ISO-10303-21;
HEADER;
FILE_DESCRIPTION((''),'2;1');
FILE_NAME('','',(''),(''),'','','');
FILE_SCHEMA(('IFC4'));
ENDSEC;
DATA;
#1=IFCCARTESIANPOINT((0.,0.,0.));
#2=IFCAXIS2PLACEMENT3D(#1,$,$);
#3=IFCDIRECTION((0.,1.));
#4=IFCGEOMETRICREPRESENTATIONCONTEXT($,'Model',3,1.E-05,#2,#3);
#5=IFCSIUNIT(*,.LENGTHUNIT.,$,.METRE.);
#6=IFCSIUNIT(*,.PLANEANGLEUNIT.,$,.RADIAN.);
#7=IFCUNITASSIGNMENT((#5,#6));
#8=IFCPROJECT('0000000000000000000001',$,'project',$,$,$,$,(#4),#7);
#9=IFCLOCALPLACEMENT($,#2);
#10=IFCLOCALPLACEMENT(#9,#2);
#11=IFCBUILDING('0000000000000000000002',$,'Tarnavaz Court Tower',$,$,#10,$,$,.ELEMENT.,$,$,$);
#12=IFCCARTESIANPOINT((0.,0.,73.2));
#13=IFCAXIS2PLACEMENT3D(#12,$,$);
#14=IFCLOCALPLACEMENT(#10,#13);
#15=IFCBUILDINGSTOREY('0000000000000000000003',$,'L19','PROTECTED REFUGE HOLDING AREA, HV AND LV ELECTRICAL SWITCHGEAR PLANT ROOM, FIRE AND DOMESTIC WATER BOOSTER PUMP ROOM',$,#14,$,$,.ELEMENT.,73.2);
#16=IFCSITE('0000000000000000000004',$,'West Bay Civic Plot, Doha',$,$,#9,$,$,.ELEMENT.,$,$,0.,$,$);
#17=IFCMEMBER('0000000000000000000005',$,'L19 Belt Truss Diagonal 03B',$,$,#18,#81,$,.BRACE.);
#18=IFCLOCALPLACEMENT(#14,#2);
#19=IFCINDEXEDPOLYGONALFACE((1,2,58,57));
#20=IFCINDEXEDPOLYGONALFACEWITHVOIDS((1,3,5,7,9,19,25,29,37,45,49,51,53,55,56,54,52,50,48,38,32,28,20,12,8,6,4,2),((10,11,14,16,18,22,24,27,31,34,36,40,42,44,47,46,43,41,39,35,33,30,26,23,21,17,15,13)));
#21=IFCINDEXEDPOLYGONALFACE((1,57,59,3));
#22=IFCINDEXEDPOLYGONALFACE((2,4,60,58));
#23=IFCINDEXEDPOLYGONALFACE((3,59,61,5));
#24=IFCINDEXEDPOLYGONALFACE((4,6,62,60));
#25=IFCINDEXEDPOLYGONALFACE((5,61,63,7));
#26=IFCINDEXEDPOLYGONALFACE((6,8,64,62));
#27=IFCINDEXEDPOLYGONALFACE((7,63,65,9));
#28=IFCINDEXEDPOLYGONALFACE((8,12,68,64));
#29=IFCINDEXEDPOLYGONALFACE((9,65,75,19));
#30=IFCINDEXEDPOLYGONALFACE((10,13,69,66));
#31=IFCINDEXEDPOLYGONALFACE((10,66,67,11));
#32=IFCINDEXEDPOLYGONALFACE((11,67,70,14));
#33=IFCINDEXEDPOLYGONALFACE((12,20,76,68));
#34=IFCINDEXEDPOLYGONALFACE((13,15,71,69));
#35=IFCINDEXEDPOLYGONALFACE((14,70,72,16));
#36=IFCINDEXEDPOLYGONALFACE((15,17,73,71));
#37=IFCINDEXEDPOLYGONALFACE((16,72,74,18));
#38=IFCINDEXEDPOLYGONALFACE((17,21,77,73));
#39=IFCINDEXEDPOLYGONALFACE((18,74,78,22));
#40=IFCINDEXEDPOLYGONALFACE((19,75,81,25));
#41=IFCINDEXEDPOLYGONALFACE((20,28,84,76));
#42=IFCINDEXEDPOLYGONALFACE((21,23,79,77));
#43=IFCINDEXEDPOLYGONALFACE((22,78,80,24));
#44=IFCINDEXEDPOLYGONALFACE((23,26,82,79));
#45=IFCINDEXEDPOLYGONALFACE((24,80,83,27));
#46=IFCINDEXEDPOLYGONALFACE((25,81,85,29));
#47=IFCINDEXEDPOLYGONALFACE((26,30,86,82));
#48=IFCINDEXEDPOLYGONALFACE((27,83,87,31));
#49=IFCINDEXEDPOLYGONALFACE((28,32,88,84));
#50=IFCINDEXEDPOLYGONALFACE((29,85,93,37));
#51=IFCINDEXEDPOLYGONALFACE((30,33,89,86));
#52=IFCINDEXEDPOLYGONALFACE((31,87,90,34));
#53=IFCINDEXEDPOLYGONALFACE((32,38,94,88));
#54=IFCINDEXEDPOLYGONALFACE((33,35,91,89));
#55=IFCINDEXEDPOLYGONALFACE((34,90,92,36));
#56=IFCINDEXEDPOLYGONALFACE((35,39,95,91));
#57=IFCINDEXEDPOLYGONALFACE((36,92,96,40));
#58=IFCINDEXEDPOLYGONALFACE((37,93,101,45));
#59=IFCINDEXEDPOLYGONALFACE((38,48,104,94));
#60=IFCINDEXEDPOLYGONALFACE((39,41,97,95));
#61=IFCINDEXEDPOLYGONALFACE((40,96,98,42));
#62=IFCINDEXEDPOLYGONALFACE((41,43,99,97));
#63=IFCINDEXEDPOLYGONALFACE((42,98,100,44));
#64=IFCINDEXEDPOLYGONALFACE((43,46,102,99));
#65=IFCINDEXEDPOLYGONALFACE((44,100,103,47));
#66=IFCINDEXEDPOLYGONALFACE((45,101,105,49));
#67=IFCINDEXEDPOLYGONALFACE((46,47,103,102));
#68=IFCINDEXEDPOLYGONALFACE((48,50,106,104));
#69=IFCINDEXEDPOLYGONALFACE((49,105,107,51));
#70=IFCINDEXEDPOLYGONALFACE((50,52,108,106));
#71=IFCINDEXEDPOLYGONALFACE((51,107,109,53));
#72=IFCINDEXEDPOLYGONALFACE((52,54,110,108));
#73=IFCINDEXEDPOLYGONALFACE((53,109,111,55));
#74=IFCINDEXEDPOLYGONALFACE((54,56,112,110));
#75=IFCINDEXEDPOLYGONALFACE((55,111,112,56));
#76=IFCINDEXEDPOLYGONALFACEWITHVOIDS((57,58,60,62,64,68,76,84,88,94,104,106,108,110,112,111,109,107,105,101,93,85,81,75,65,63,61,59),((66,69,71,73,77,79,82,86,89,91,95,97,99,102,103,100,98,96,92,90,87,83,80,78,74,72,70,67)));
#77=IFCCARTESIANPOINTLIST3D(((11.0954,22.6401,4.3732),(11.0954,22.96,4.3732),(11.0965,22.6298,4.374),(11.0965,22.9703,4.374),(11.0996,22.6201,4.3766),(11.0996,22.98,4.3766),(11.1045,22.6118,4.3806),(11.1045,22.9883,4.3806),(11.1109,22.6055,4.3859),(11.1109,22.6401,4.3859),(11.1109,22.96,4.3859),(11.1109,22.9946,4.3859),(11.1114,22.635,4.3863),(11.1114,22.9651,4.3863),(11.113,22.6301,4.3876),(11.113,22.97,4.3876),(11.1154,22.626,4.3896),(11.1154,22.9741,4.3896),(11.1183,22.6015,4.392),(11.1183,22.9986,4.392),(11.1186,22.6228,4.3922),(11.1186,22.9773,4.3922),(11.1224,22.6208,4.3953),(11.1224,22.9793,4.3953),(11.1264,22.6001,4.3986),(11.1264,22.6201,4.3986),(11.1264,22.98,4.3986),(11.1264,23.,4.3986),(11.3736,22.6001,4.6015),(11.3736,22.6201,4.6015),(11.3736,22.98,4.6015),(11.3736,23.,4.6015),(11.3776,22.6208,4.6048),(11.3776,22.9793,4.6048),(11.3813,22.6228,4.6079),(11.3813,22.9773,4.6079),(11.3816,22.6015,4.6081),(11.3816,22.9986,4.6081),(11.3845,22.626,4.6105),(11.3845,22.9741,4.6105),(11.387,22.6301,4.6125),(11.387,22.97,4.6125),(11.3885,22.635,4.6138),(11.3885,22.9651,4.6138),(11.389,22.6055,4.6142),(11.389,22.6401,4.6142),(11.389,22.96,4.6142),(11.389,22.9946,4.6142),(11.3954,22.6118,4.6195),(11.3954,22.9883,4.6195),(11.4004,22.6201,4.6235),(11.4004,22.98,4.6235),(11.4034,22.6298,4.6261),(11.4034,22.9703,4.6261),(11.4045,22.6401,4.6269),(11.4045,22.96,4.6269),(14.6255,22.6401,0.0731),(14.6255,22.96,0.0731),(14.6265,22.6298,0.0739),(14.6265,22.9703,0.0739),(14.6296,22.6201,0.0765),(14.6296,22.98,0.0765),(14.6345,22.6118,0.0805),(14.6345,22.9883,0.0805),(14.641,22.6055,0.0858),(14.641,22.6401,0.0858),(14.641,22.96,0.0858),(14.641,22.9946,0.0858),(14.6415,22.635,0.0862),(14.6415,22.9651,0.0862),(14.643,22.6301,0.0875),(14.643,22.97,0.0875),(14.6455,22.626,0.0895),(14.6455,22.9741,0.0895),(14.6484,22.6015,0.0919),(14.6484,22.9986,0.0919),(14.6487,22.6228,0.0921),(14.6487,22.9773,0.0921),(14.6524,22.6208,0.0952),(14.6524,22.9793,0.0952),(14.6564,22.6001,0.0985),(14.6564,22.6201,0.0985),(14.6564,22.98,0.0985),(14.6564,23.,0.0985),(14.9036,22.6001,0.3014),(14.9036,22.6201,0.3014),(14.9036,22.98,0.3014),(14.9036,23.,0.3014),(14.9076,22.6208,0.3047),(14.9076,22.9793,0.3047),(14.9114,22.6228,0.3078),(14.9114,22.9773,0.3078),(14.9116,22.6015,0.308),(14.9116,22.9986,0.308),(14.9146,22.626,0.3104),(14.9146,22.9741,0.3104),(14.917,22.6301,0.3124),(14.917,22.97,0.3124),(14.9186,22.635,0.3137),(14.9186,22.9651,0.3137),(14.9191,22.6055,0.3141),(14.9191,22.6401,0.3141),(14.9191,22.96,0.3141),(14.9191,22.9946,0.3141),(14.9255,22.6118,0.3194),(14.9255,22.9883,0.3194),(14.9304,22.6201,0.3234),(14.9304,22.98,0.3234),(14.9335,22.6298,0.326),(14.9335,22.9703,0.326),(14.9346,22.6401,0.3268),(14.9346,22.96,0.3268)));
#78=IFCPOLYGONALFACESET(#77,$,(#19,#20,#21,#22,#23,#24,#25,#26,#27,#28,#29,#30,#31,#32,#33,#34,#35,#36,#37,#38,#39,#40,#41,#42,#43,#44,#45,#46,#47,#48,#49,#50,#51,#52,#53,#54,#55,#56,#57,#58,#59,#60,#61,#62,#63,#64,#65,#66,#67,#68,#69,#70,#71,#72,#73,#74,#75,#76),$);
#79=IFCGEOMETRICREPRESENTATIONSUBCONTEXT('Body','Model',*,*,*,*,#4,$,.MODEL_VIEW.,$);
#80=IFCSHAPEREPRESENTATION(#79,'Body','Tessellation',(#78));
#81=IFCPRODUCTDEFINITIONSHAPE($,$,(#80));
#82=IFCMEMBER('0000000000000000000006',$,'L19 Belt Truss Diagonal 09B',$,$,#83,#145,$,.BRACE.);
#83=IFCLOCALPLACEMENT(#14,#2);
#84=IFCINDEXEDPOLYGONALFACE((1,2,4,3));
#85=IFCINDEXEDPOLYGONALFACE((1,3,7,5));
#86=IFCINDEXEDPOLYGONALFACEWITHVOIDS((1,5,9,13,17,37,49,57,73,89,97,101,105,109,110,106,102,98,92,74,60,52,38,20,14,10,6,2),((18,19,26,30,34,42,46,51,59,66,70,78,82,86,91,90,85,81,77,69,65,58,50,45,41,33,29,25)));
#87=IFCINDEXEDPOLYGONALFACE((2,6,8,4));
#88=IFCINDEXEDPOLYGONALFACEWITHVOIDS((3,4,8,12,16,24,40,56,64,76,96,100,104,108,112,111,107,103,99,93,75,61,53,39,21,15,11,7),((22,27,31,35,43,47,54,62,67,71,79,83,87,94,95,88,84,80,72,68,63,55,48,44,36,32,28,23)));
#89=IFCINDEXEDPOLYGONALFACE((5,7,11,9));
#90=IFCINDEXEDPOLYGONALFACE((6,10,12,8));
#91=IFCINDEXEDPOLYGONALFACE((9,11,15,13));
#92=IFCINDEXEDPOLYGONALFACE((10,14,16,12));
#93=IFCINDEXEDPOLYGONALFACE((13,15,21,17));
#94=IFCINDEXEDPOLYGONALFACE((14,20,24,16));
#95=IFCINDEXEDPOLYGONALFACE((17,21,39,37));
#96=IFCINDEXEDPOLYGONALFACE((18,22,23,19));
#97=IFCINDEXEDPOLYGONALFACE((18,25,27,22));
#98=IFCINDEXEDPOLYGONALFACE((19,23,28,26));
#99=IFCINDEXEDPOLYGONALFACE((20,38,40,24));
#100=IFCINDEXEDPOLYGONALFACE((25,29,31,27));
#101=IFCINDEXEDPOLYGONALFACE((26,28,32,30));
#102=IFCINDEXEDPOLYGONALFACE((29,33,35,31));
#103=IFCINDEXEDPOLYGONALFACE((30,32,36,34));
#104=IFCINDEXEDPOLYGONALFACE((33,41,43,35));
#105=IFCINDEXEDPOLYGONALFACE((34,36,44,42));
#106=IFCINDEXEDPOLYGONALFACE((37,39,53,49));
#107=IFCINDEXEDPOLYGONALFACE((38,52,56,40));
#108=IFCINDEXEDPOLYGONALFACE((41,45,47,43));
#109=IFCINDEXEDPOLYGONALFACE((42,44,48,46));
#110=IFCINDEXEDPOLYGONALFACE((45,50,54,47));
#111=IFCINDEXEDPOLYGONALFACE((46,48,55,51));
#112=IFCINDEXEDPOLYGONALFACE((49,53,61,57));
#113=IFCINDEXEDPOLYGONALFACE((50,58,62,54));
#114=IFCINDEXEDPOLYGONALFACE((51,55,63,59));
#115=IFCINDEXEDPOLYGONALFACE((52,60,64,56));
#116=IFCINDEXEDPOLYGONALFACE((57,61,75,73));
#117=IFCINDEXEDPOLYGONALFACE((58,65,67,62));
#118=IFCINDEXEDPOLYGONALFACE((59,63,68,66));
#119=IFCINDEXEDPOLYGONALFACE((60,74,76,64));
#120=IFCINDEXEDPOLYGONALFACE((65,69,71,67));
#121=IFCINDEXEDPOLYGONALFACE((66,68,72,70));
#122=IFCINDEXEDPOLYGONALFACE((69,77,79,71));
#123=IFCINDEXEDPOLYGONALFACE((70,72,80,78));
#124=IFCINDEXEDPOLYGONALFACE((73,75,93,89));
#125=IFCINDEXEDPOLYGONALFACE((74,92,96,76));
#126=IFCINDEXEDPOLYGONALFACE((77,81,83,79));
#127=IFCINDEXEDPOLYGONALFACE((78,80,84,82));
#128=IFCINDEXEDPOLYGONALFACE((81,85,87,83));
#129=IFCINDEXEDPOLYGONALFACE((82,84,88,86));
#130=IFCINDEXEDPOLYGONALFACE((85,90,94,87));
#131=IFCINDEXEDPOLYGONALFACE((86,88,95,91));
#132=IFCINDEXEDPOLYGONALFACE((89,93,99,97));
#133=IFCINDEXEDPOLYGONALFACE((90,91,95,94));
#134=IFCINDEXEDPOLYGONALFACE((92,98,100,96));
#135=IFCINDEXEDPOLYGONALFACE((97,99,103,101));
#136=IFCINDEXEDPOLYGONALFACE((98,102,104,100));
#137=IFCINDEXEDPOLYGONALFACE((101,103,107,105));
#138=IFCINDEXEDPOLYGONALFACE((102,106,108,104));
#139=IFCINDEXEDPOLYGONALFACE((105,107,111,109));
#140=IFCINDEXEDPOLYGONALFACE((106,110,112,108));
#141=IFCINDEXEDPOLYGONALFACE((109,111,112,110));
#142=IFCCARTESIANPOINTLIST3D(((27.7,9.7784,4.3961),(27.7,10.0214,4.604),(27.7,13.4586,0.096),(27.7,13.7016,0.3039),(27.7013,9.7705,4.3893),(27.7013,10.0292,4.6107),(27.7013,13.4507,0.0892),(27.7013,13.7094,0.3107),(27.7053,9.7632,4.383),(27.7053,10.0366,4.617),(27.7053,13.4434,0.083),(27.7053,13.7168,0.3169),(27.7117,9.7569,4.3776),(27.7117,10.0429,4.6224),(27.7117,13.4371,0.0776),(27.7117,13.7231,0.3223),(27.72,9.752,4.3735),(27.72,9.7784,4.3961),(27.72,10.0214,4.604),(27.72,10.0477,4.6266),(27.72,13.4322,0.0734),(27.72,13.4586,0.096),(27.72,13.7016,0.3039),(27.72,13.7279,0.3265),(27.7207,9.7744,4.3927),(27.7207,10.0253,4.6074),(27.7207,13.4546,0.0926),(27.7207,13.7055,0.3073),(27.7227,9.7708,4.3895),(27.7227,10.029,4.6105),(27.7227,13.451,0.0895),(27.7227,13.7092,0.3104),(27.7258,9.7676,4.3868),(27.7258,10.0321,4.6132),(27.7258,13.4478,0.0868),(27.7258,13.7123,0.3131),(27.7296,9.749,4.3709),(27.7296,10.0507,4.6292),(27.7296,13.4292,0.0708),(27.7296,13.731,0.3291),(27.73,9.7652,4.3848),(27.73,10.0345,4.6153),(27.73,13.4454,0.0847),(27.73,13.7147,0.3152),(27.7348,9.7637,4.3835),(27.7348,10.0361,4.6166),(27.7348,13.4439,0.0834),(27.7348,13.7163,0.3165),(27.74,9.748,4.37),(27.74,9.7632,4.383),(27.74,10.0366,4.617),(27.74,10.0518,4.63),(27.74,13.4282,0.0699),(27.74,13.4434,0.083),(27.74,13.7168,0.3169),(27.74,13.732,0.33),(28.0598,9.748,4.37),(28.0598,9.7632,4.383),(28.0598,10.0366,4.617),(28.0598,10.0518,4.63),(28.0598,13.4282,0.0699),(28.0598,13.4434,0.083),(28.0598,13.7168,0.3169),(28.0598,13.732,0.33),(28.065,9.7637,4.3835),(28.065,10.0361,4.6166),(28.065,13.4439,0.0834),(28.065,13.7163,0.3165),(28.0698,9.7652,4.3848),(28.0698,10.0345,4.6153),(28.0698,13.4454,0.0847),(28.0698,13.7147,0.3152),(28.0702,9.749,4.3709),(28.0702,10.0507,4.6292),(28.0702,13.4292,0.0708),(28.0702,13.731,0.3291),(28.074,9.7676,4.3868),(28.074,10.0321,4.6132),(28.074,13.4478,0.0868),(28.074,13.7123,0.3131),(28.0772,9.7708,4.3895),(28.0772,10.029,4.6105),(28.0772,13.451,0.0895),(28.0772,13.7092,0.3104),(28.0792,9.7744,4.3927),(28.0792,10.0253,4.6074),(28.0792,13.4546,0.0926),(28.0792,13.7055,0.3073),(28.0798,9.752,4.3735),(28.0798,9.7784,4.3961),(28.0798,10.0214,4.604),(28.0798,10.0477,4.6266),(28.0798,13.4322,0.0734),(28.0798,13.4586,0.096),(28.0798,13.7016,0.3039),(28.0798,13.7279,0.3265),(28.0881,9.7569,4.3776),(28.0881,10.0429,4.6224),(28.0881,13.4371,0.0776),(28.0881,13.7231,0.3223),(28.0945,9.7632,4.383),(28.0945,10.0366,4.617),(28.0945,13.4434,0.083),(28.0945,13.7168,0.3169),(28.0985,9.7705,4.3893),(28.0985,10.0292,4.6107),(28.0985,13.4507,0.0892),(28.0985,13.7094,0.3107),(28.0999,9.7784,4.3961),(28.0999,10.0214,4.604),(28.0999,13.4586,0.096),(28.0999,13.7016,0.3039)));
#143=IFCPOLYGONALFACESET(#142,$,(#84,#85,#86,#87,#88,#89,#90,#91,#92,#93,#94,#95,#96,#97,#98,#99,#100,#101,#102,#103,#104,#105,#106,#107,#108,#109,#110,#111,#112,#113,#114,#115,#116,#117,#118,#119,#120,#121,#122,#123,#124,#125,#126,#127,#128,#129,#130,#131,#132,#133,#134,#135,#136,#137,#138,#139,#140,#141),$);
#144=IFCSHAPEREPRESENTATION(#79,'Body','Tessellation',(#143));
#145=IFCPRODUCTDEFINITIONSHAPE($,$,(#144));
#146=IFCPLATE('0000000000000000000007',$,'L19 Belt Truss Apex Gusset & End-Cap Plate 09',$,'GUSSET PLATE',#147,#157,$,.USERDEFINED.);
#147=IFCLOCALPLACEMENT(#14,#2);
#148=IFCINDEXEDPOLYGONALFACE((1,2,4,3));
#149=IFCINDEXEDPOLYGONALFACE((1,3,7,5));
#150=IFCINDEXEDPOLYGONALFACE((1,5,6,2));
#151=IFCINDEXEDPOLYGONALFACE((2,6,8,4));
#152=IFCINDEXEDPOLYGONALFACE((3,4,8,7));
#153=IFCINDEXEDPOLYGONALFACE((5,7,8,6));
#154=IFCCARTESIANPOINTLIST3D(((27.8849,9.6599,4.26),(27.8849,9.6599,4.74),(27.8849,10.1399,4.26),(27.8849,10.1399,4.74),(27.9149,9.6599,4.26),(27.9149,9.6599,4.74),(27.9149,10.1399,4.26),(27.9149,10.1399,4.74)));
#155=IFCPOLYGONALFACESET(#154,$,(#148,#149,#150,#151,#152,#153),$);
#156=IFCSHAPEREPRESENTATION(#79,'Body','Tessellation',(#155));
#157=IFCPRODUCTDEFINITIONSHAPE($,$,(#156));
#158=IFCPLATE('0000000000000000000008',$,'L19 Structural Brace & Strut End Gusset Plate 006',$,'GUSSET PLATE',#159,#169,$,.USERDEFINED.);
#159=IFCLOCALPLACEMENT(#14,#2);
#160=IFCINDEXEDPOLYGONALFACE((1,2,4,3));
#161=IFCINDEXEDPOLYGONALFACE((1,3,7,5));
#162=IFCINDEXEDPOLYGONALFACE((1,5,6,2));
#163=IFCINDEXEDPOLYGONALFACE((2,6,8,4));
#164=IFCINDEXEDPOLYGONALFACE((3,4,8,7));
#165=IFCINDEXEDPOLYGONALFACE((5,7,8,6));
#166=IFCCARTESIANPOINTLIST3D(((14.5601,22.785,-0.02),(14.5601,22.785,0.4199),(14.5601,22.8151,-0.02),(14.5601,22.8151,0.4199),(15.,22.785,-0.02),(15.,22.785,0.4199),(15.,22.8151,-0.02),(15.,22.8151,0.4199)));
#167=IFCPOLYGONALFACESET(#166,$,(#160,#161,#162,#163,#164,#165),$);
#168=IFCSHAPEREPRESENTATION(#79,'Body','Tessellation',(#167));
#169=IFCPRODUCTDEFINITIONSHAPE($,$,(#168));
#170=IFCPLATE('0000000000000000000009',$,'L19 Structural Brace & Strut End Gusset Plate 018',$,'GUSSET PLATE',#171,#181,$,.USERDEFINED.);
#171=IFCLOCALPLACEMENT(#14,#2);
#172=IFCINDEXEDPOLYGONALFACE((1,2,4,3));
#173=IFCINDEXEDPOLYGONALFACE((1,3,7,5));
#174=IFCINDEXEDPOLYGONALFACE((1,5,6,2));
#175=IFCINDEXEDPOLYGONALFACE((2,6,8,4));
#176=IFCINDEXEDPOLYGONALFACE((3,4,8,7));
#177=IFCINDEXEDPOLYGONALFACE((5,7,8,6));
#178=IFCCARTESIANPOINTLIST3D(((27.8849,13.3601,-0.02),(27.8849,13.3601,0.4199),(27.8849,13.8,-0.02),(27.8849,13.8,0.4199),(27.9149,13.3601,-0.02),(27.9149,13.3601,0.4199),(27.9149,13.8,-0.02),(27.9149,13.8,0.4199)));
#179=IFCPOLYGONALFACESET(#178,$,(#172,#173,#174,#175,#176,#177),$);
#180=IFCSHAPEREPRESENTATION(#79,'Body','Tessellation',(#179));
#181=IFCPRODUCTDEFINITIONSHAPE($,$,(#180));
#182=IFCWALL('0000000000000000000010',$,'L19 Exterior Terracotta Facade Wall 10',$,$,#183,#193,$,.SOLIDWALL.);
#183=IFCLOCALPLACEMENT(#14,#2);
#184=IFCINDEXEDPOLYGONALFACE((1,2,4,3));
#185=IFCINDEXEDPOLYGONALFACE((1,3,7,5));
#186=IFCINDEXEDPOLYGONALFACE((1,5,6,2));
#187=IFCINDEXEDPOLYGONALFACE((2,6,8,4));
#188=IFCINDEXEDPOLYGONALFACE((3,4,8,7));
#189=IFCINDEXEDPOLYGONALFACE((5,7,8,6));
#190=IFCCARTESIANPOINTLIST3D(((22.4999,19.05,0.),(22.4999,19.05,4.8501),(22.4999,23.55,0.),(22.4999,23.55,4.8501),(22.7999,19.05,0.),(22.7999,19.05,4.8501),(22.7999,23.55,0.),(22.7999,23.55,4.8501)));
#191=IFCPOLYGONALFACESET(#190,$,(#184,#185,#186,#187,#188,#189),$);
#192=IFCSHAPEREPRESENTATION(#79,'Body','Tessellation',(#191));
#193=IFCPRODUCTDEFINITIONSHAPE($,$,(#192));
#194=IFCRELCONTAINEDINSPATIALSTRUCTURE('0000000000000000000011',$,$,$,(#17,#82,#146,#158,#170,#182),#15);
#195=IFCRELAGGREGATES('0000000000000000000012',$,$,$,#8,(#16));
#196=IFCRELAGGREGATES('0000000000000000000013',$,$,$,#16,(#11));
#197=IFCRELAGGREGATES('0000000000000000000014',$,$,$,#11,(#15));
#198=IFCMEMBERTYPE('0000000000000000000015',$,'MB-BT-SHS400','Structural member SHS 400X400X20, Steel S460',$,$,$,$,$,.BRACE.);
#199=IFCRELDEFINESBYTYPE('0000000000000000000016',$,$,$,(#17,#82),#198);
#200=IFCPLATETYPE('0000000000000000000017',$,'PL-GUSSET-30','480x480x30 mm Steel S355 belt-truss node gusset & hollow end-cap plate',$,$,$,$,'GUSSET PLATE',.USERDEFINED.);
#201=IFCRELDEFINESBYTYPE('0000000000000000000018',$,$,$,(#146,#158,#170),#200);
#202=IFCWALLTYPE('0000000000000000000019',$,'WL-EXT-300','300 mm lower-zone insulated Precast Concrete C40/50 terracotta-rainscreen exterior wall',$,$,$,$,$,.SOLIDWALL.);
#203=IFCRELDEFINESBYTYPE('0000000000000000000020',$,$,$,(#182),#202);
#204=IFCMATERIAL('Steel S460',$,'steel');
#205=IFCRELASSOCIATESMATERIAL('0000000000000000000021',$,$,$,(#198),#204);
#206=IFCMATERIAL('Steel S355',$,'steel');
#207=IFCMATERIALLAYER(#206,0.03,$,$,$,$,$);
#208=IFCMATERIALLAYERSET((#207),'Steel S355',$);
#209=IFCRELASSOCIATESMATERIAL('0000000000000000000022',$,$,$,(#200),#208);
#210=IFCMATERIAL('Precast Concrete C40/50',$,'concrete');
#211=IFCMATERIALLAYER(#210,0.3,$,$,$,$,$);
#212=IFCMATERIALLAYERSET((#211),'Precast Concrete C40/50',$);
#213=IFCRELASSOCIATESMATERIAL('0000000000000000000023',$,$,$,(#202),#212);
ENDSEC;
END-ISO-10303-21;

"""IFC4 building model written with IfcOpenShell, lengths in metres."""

from ifc_helpers import new_model, si_unit, direction, frame, frame_2d, origin, origin_2d, place, context, subcontext, project, spatial, rectangle, hollow_rectangle, extrude, material, layer, layer_set, material_profile, profile_set, type_object, element, save


model = new_model("IFC4")

# Units and contexts
model_context = context("Model", 3, precision=1e-05, world=origin(), true_north=direction((0.0, 1.0)))
body_context = subcontext(model_context, "Body", "Model", "MODEL_VIEW")
ifc_project = project(units=[si_unit("LENGTHUNIT", "METRE"), si_unit("PLANEANGLEUNIT", "RADIAN")], contexts=[model_context])

# Site, building, storey
site_placement = place(None, origin())
site = spatial("IfcSite", under=ifc_project, at=site_placement, Name="West Bay Civic Plot, Doha", CompositionType="ELEMENT", RefElevation=0.0)
building_placement = place(site_placement, origin())
building = spatial("IfcBuilding", under=site, at=building_placement, Name="Tarnavaz Court Tower", CompositionType="ELEMENT")
storey_placement = place(building_placement, frame((0.0, 0.0, 73.2)))
storey = spatial("IfcBuildingStorey", under=building, at=storey_placement, Name="L19", Description="PROTECTED REFUGE HOLDING AREA, HV AND LV ELECTRICAL SWITCHGEAR PLANT ROOM, FIRE AND DOMESTIC WATER BOOSTER PUMP ROOM", CompositionType="ELEMENT", Elevation=73.2)

# Shared definitions
ifc_material_1 = material(Name="Steel S460", Category="steel")

# Members
ifc_material_profile_1 = material_profile(ifc_material_1, hollow_rectangle(XDim=0.3999, YDim=0.3999, WallThickness=0.02, InnerFilletRadius=0.02, OuterFilletRadius=0.04, at=origin_2d()), Name="SHS 400X400X20")
ifc_profile_set_1 = profile_set([ifc_material_profile_1], Name="Steel S460")
member_type = type_object("IfcMemberType", Name="MB-BT-SHS400", Description="Structural member SHS 400X400X20, Steel S460", PredefinedType="BRACE", material=ifc_profile_set_1)
member_1_placement = place(storey_placement, frame((14.78, 22.8, 0.2), z_axis=(-0.634508, 0.0, 0.772916), x_axis=(0.0, -1.0, 0.0)))
element("IfcMember", 1, at=member_1_placement, inside=storey, type_object=member_type, Name="L19 Belt Truss Diagonal 03B", PredefinedType="BRACE", context=body_context, shape_type="SweptSolid", body=[
    extrude(hollow_rectangle(XDim=0.3999, YDim=0.3999, WallThickness=0.02, InnerFilletRadius=0.02, OuterFilletRadius=0.04, at=origin_2d()), origin(), (0.0, 0.0, 1.0), 5.5635),
])
member_2_placement = place(storey_placement, frame((27.8999, 13.5801, 0.2), z_axis=(0.0, -0.650223, 0.759744), x_axis=(1.0, 0.0, 0.0)))
element("IfcMember", 2, at=member_2_placement, inside=storey, type_object=member_type, Name="L19 Belt Truss Diagonal 09B", PredefinedType="BRACE", context=body_context, shape_type="SweptSolid", body=[
    extrude(hollow_rectangle(XDim=0.3999, YDim=0.3999, WallThickness=0.02, InnerFilletRadius=0.02, OuterFilletRadius=0.04, at=origin_2d()), origin(), (0.0, 0.0, 1.0), 5.6599),
])

# Plates
ifc_material_2 = material(Name="Steel S355", Category="steel")
ifc_layer_1 = layer(ifc_material_2, 0.03)
ifc_layer_set_1 = layer_set([ifc_layer_1], Name="Steel S355")
plate_type = type_object("IfcPlateType", Name="PL-GUSSET-30", Description="480x480x30 mm Steel S355 belt-truss node gusset & hollow end-cap plate", ElementType="GUSSET PLATE", PredefinedType="USERDEFINED", material=ifc_layer_set_1)
plate_placement = place(storey_placement, frame((27.8999, 9.8999, 4.26), z_axis=(0.0, 0.0, 1.0), x_axis=(0.0, 1.0, 0.0)))
element("IfcPlate", 3, at=plate_placement, inside=storey, type_object=plate_type, Name="L19 Belt Truss Apex Gusset & End-Cap Plate 09", ObjectType="GUSSET PLATE", PredefinedType="USERDEFINED", context=body_context, shape_type="SweptSolid", body=[
    extrude(rectangle(XDim=0.48, YDim=0.03, at=origin_2d()), origin(), (0.0, 0.0, 1.0), 0.48),
])
for number, where, z_axis, x_axis, name in (
    (4, (14.78, 22.8, -0.02), (0.0, 0.0, 1.0), (1.0, 0.0, 0.0), "L19 Structural Brace & Strut End Gusset Plate 006"),
    (5, (27.8999, 13.5801, -0.02), (0.0, 0.0, 1.0), (0.0, 1.0, 0.0), "L19 Structural Brace & Strut End Gusset Plate 018"),
):
    element("IfcPlate", number, at=place(storey_placement, frame(where, z_axis=z_axis, x_axis=x_axis)), inside=storey, type_object=plate_type, Name=name, ObjectType="GUSSET PLATE", PredefinedType="USERDEFINED", context=body_context, shape_type="SweptSolid", body=[
        extrude(rectangle(XDim=0.4399, YDim=0.03, at=origin_2d()), origin(), (0.0, 0.0, 1.0), 0.4399),
    ])

# Wall
ifc_material_3 = material(Name="Precast Concrete C40/50", Category="concrete")
ifc_layer_2 = layer(ifc_material_3, 0.3)
ifc_layer_set_2 = layer_set([ifc_layer_2], Name="Precast Concrete C40/50")
wall_type = type_object("IfcWallType", Name="WL-EXT-300", Description="300 mm lower-zone insulated Precast Concrete C40/50 terracotta-rainscreen exterior wall", PredefinedType="SOLIDWALL", material=ifc_layer_set_2)
wall_1_placement = place(storey_placement, frame((22.6499, 23.55, 0.0), z_axis=(0.0, 0.0, 1.0), x_axis=(0.0, -1.0, 0.0)))
element("IfcWall", 6, at=wall_1_placement, inside=storey, type_object=wall_type, Name="L19 Exterior Terracotta Facade Wall 10", PredefinedType="SOLIDWALL", context=body_context, shape_type="SweptSolid", body=[
    extrude(rectangle(XDim=4.5, YDim=0.3, at=frame_2d((2.25, 0.0))), origin(), (0.0, 0.0, 1.0), 4.8501),
])

save(model, "model.ifc")
